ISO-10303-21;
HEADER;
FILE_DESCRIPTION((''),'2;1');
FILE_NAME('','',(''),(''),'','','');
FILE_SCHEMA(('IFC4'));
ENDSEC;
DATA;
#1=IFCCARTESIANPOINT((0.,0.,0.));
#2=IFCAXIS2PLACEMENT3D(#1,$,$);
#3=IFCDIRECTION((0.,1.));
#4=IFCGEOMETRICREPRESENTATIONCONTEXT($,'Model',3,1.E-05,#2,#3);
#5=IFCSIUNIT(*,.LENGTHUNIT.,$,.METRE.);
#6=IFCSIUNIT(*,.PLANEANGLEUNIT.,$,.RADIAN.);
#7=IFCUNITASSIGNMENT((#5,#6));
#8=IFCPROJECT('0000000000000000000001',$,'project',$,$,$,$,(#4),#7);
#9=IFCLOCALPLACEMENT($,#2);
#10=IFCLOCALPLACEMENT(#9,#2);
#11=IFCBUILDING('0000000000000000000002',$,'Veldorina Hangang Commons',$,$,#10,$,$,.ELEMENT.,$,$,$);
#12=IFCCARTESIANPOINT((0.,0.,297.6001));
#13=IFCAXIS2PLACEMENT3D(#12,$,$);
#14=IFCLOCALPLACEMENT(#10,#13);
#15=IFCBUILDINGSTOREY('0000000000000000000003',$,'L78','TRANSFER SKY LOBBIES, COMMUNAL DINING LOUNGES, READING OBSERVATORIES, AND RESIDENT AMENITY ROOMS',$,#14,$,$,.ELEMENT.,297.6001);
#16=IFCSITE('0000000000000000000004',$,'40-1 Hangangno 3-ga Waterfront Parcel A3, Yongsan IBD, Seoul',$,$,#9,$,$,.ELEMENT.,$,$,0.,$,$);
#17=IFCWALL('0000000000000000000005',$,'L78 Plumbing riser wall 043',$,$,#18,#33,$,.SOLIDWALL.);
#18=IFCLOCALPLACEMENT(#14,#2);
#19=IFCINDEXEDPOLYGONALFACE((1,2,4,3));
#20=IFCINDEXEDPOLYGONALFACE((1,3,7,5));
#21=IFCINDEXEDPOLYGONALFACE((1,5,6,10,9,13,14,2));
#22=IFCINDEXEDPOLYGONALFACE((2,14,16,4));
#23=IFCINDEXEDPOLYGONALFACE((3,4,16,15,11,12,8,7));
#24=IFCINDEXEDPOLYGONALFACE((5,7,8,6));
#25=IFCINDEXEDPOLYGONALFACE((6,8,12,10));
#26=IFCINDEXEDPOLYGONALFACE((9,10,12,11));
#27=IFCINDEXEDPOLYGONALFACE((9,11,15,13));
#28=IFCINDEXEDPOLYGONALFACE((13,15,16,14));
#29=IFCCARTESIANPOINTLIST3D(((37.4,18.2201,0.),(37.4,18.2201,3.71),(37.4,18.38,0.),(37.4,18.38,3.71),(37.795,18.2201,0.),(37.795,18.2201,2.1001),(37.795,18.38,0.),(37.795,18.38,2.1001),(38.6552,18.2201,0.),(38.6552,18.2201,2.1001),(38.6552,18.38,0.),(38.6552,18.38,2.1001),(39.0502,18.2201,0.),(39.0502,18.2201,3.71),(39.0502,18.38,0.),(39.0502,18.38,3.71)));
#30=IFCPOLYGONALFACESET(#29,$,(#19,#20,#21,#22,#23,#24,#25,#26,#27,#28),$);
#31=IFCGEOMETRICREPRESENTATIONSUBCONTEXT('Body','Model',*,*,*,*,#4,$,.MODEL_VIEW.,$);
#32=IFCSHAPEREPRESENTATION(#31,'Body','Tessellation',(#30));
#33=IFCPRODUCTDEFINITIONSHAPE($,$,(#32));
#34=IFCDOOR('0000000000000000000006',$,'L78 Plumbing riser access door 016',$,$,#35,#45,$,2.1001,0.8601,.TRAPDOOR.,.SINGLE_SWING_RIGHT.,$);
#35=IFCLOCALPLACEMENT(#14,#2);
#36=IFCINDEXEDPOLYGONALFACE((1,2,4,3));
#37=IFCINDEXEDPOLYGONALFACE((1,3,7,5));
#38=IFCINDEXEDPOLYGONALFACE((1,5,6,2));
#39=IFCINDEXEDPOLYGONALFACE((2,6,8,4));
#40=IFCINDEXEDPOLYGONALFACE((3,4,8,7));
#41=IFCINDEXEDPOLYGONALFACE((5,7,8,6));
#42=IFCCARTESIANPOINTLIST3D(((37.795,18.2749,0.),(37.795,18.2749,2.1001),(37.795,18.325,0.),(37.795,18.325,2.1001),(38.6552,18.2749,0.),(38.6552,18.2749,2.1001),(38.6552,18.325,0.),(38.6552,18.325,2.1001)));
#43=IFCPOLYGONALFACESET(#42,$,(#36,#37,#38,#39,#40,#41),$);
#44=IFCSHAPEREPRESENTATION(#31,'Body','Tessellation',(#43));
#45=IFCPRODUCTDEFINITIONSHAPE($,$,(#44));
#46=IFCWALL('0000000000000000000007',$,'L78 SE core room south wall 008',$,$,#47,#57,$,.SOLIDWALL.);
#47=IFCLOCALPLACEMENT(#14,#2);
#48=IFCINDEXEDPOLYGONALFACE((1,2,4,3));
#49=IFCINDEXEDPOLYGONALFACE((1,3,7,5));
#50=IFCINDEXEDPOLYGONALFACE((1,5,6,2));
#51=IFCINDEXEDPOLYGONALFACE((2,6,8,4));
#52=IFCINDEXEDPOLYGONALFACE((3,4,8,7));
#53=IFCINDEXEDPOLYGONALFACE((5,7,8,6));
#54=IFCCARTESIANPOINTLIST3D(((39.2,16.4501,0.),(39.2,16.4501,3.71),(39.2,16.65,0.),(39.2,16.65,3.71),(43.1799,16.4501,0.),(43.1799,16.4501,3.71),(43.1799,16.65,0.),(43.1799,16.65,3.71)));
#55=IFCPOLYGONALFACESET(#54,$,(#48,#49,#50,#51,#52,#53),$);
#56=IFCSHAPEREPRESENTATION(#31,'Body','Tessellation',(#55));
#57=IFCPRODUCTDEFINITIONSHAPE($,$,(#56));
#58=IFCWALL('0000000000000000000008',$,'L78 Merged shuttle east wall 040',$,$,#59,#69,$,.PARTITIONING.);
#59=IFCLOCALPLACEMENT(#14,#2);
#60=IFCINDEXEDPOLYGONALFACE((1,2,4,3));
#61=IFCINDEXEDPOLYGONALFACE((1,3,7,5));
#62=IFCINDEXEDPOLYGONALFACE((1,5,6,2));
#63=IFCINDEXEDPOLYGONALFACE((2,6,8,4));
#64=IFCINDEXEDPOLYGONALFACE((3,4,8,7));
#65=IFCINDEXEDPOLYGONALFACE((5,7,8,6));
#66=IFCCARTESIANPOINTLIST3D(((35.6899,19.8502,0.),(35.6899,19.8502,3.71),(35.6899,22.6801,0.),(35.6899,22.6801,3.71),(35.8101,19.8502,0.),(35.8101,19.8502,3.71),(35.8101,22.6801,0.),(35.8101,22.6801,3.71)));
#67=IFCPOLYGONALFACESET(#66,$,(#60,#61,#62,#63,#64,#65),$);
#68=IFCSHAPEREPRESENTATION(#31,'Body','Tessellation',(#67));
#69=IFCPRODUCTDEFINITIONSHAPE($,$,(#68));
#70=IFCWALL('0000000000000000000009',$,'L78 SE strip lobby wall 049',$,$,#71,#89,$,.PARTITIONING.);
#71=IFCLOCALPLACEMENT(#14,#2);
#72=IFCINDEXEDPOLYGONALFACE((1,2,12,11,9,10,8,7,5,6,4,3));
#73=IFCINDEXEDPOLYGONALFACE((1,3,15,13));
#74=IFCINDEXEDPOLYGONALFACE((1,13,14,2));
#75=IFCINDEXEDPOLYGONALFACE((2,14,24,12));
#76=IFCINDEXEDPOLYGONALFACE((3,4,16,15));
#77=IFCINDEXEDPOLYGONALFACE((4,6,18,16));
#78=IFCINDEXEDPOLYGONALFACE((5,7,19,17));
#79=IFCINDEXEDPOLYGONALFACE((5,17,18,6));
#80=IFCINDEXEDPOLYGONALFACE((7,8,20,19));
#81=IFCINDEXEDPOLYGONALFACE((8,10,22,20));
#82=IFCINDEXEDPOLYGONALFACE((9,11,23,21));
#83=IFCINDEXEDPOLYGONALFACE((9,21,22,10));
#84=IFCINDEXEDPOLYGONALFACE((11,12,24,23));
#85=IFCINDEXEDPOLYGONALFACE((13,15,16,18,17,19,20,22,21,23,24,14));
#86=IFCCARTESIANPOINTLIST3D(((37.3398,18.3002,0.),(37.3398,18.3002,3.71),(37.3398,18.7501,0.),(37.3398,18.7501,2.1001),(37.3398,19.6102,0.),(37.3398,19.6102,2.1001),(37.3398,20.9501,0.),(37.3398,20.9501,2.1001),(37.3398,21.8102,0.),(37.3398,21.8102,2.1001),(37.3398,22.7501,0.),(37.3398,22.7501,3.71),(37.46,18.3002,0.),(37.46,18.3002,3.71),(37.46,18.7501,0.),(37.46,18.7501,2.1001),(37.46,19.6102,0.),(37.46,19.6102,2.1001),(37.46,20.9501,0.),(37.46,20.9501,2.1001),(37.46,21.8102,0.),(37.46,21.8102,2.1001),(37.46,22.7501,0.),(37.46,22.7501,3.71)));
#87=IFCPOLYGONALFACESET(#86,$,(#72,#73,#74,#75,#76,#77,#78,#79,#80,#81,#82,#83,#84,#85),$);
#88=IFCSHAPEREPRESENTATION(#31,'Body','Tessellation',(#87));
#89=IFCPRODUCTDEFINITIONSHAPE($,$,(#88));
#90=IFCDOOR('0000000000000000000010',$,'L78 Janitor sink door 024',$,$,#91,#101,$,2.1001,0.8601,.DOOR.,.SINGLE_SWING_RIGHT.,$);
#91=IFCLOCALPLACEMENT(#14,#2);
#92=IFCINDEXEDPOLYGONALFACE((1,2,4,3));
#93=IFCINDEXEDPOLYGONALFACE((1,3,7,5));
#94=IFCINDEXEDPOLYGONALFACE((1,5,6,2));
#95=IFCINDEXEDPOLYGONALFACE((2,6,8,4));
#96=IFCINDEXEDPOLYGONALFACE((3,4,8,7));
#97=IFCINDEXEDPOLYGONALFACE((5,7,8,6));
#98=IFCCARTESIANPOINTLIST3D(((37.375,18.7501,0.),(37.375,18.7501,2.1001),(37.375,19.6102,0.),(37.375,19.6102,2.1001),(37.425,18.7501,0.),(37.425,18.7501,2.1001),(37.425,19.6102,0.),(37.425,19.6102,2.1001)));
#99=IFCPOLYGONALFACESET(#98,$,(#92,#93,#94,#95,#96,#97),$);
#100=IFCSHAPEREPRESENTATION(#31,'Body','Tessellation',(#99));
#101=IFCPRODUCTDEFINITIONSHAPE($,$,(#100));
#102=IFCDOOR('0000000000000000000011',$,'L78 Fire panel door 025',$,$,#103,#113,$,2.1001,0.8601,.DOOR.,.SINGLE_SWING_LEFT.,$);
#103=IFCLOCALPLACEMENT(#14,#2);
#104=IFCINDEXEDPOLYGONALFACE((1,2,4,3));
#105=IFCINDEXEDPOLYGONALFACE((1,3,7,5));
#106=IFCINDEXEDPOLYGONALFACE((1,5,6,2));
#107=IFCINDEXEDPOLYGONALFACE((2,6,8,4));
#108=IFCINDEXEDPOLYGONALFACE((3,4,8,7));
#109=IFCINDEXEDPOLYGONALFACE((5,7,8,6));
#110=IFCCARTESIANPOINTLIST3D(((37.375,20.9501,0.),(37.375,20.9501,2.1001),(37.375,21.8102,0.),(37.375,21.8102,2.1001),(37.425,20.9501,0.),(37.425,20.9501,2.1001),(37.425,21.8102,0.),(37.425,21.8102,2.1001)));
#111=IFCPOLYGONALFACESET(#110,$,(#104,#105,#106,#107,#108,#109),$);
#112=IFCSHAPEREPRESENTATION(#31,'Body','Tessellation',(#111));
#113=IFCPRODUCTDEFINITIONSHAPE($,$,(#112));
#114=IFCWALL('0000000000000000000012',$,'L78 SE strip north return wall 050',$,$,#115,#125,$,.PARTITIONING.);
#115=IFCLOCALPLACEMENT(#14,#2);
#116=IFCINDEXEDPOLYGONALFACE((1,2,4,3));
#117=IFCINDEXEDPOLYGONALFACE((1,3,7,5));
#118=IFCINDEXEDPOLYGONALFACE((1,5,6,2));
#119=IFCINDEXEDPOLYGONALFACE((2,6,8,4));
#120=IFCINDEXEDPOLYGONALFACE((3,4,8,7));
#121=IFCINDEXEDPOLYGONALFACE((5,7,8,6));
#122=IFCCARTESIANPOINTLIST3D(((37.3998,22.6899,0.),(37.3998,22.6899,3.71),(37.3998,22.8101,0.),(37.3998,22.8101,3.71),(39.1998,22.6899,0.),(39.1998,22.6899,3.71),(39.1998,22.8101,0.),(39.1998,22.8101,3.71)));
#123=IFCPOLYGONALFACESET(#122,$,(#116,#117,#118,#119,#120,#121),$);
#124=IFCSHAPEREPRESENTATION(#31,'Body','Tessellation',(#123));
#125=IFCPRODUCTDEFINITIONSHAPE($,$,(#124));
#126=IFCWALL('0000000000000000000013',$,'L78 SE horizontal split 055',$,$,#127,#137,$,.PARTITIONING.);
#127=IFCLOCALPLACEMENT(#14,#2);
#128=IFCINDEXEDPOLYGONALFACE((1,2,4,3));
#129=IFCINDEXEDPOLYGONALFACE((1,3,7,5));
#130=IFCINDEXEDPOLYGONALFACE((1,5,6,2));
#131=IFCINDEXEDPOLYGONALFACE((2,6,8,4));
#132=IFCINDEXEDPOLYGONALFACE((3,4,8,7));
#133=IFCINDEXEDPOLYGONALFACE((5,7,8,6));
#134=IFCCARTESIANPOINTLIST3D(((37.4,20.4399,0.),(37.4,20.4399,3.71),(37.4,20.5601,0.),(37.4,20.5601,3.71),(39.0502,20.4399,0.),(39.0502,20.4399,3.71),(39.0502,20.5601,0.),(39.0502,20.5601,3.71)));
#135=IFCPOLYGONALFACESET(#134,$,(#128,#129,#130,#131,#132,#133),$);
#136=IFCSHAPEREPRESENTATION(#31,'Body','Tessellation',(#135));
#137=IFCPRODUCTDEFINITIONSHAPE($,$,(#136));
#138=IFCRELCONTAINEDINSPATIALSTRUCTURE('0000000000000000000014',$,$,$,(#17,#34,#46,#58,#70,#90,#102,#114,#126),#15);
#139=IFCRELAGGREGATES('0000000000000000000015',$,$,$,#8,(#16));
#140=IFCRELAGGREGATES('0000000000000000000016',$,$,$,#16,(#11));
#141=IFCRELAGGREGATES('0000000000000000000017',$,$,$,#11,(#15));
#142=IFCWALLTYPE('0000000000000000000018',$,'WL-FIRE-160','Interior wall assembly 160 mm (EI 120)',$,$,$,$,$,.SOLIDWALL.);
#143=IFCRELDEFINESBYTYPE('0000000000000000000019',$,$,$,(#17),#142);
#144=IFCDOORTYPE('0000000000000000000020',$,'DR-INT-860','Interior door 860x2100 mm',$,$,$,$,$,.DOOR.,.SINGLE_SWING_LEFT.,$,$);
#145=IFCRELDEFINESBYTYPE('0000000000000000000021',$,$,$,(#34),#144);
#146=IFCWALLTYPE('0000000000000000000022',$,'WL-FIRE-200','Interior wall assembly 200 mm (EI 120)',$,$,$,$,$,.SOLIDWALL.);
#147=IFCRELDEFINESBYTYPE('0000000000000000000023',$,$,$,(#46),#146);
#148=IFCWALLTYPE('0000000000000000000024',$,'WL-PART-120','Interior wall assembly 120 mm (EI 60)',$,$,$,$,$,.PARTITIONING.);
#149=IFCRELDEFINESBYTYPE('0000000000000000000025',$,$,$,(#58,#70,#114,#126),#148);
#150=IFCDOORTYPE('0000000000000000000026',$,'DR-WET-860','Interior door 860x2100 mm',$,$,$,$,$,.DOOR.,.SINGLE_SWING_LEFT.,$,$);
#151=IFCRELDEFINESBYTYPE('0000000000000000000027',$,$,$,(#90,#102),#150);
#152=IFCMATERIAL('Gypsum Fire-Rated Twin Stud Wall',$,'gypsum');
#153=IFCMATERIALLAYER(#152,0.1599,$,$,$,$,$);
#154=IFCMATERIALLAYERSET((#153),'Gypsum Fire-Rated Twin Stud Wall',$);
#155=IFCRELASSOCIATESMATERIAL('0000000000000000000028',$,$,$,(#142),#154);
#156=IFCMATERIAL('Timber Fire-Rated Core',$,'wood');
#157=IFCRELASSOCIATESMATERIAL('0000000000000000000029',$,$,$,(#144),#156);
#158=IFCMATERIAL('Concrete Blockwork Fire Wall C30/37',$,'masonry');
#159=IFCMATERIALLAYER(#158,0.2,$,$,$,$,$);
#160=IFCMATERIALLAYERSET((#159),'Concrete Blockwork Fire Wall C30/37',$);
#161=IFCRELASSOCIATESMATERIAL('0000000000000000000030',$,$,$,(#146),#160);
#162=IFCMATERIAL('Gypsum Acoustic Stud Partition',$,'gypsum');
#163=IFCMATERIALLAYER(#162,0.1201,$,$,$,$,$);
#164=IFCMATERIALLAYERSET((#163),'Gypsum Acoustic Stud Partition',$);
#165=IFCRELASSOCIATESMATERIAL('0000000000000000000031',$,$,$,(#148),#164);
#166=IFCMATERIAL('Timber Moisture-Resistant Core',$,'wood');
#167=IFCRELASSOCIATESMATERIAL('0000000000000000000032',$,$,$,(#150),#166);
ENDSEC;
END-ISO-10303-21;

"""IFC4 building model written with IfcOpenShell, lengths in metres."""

from ifc_helpers import new_model, si_unit, direction, frame, frame_2d, origin, place, context, subcontext, project, spatial, rectangle, extrude, material, layer, layer_set, type_object, element, fill, save


model = new_model("IFC4")

# Units and contexts
model_context = context("Model", 3, precision=1e-05, world=origin(), true_north=direction((0.0, 1.0)))
body_context = subcontext(model_context, "Body", "Model", "MODEL_VIEW")
ifc_project = project(units=[si_unit("LENGTHUNIT", "METRE"), si_unit("PLANEANGLEUNIT", "RADIAN")], contexts=[model_context])

# Site, building, storey
site_placement = place(None, origin())
site = spatial("IfcSite", under=ifc_project, at=site_placement, Name="40-1 Hangangno 3-ga Waterfront Parcel A3, Yongsan IBD, Seoul", CompositionType="ELEMENT", RefElevation=0.0)
building_placement = place(site_placement, origin())
building = spatial("IfcBuilding", under=site, at=building_placement, Name="Veldorina Hangang Commons", CompositionType="ELEMENT")
storey_placement = place(building_placement, frame((0.0, 0.0, 297.6001)))
storey = spatial("IfcBuildingStorey", under=building, at=storey_placement, Name="L78", Description="TRANSFER SKY LOBBIES, COMMUNAL DINING LOUNGES, READING OBSERVATORIES, AND RESIDENT AMENITY ROOMS", CompositionType="ELEMENT", Elevation=297.6001)

# Shared definitions
ifc_material_1 = material(Name="Gypsum Fire-Rated Twin Stud Wall", Category="gypsum")
ifc_layer_1 = layer(ifc_material_1, 0.1599)
ifc_layer_set_1 = layer_set([ifc_layer_1], Name="Gypsum Fire-Rated Twin Stud Wall")
wall_type_1 = type_object("IfcWallType", Name="WL-FIRE-160", Description="Interior wall assembly 160 mm (EI 120)", PredefinedType="SOLIDWALL", material=ifc_layer_set_1)

# Wall, opening, door
wall_1_placement = place(storey_placement, frame((37.3999, 18.3, 0.0), z_axis=(0.0, 0.0, 1.0), x_axis=(1.0, 0.0, 0.0)))
wall_1 = element("IfcWall", 1, at=wall_1_placement, inside=storey, type_object=wall_type_1, Name="L78 Plumbing riser wall 043", PredefinedType="SOLIDWALL", context=body_context, shape_type="SweptSolid", body=[
    extrude(rectangle(XDim=1.6501, YDim=0.1599, at=frame_2d((0.8252, 0.0))), origin(), (0.0, 0.0, 1.0), 3.71),
])
opening_1_placement = place(wall_1_placement, frame((0.395, 0.0, 0.0)))
opening_1 = element("IfcOpeningElement", 2, at=opening_1_placement, cuts=wall_1, PredefinedType="OPENING", context=body_context, shape_type="SweptSolid", body=[
    extrude(rectangle(XDim=0.8601, YDim=2.1001, at=frame_2d((0.4302, 1.05))), frame((0.0, 0.0898, 0.0), z_axis=(0.0, -1.0, 0.0), x_axis=(1.0, 0.0, 0.0)), (0.0, 0.0, 1.0), 0.1799),
])
ifc_material_2 = material(Name="Timber Fire-Rated Core", Category="wood")
door_type_1 = type_object("IfcDoorType", Name="DR-INT-860", Description="Interior door 860x2100 mm", OperationType="SINGLE_SWING_LEFT", PredefinedType="DOOR", material=ifc_material_2)
door_1_placement = place(opening_1_placement, origin())
door_1 = element("IfcDoor", 3, at=door_1_placement, inside=storey, type_object=door_type_1, Name="L78 Plumbing riser access door 016", OperationType="SINGLE_SWING_RIGHT", OverallHeight=2.1001, OverallWidth=0.8601, PredefinedType="TRAPDOOR", context=body_context, shape_type="SweptSolid", body=[
    extrude(rectangle(XDim=0.8601, YDim=2.1001, at=frame_2d((0.4302, 1.05))), frame((0.0, 0.0249, 0.0), z_axis=(0.0, -1.0, 0.0), x_axis=(1.0, 0.0, 0.0)), (0.0, 0.0, 1.0), 0.05),
])
fill(opening_1, door_1)

# Walls
ifc_material_3 = material(Name="Concrete Blockwork Fire Wall C30/37", Category="masonry")
ifc_layer_2 = layer(ifc_material_3, 0.2)
ifc_layer_set_2 = layer_set([ifc_layer_2], Name="Concrete Blockwork Fire Wall C30/37")
wall_type_2 = type_object("IfcWallType", Name="WL-FIRE-200", Description="Interior wall assembly 200 mm (EI 120)", PredefinedType="SOLIDWALL", material=ifc_layer_set_2)
wall_2_placement = place(storey_placement, frame((39.2, 16.55, 0.0), z_axis=(0.0, 0.0, 1.0), x_axis=(1.0, 0.0, 0.0)))
element("IfcWall", 4, at=wall_2_placement, inside=storey, type_object=wall_type_2, Name="L78 SE core room south wall 008", PredefinedType="SOLIDWALL", context=body_context, shape_type="SweptSolid", body=[
    extrude(rectangle(XDim=3.98, YDim=0.2, at=frame_2d((1.99, 0.0))), origin(), (0.0, 0.0, 1.0), 3.71),
])
ifc_material_4 = material(Name="Gypsum Acoustic Stud Partition", Category="gypsum")
ifc_layer_3 = layer(ifc_material_4, 0.1201)
ifc_layer_set_3 = layer_set([ifc_layer_3], Name="Gypsum Acoustic Stud Partition")
wall_type_3 = type_object("IfcWallType", Name="WL-PART-120", Description="Interior wall assembly 120 mm (EI 60)", PredefinedType="PARTITIONING", material=ifc_layer_set_3)
wall_3_placement = place(storey_placement, frame((35.75, 19.8501, 0.0), z_axis=(0.0, 0.0, 1.0), x_axis=(0.0, 1.0, 0.0)))
element("IfcWall", 5, at=wall_3_placement, inside=storey, type_object=wall_type_3, Name="L78 Merged shuttle east wall 040", PredefinedType="PARTITIONING", context=body_context, shape_type="SweptSolid", body=[
    extrude(rectangle(XDim=2.8298, YDim=0.1201, at=frame_2d((1.415, 0.0))), origin(), (0.0, 0.0, 1.0), 3.71),
])

# Wall, openings, doors
wall_4_placement = place(storey_placement, frame((37.3999, 18.3, 0.0), z_axis=(0.0, 0.0, 1.0), x_axis=(0.0, 1.0, 0.0)))
wall_4 = element("IfcWall", 6, at=wall_4_placement, inside=storey, type_object=wall_type_3, Name="L78 SE strip lobby wall 049", PredefinedType="PARTITIONING", context=body_context, shape_type="SweptSolid", body=[
    extrude(rectangle(XDim=4.45, YDim=0.1201, at=frame_2d((2.2251, 0.0))), origin(), (0.0, 0.0, 1.0), 3.71),
])
opening_2_placement = place(wall_4_placement, frame((0.45, 0.0, 0.0)))
opening_2 = element("IfcOpeningElement", 7, at=opening_2_placement, cuts=wall_4, PredefinedType="OPENING", context=body_context, shape_type="SweptSolid", body=[
    extrude(rectangle(XDim=0.8601, YDim=2.1001, at=frame_2d((0.4302, 1.05))), frame((0.0, 0.0701, 0.0), z_axis=(0.0, -1.0, 0.0), x_axis=(1.0, 0.0, 0.0)), (0.0, 0.0, 1.0), 0.1401),
])
opening_3_placement = place(wall_4_placement, frame((2.6499, 0.0, 0.0)))
opening_3 = element("IfcOpeningElement", 8, at=opening_3_placement, cuts=wall_4, PredefinedType="OPENING", context=body_context, shape_type="SweptSolid", body=[
    extrude(rectangle(XDim=0.8601, YDim=2.1001, at=frame_2d((0.4302, 1.05))), frame((0.0, 0.0701, 0.0), z_axis=(0.0, -1.0, 0.0), x_axis=(1.0, 0.0, 0.0)), (0.0, 0.0, 1.0), 0.1401),
])
ifc_material_5 = material(Name="Timber Moisture-Resistant Core", Category="wood")
door_type_2 = type_object("IfcDoorType", Name="DR-WET-860", Description="Interior door 860x2100 mm", OperationType="SINGLE_SWING_LEFT", PredefinedType="DOOR", material=ifc_material_5)
door_2_placement = place(opening_2_placement, origin())
door_2 = element("IfcDoor", 9, at=door_2_placement, inside=storey, type_object=door_type_2, Name="L78 Janitor sink door 024", OperationType="SINGLE_SWING_RIGHT", OverallHeight=2.1001, OverallWidth=0.8601, PredefinedType="DOOR", context=body_context, shape_type="SweptSolid", body=[
    extrude(rectangle(XDim=0.8601, YDim=2.1001, at=frame_2d((0.4302, 1.05))), frame((0.0, 0.0249, 0.0), z_axis=(0.0, -1.0, 0.0), x_axis=(1.0, 0.0, 0.0)), (0.0, 0.0, 1.0), 0.05),
])
fill(opening_2, door_2)
door_3_placement = place(opening_3_placement, origin())
door_3 = element("IfcDoor", 10, at=door_3_placement, inside=storey, type_object=door_type_2, Name="L78 Fire panel door 025", OperationType="SINGLE_SWING_LEFT", OverallHeight=2.1001, OverallWidth=0.8601, PredefinedType="DOOR", context=body_context, shape_type="SweptSolid", body=[
    extrude(rectangle(XDim=0.8601, YDim=2.1001, at=frame_2d((0.4302, 1.05))), frame((0.0, 0.0249, 0.0), z_axis=(0.0, -1.0, 0.0), x_axis=(1.0, 0.0, 0.0)), (0.0, 0.0, 1.0), 0.05),
])
fill(opening_3, door_3)

# Walls
wall_5_placement = place(storey_placement, frame((37.3999, 22.75, 0.0), z_axis=(0.0, 0.0, 1.0), x_axis=(1.0, 0.0, 0.0)))
element("IfcWall", 11, at=wall_5_placement, inside=storey, type_object=wall_type_3, Name="L78 SE strip north return wall 050", PredefinedType="PARTITIONING", context=body_context, shape_type="SweptSolid", body=[
    extrude(rectangle(XDim=1.8, YDim=0.1201, at=frame_2d((0.8999, 0.0))), origin(), (0.0, 0.0, 1.0), 3.71),
])
wall_6_placement = place(storey_placement, frame((37.3999, 20.5, 0.0), z_axis=(0.0, 0.0, 1.0), x_axis=(1.0, 0.0, 0.0)))
element("IfcWall", 12, at=wall_6_placement, inside=storey, type_object=wall_type_3, Name="L78 SE horizontal split 055", PredefinedType="PARTITIONING", context=body_context, shape_type="SweptSolid", body=[
    extrude(rectangle(XDim=1.6501, YDim=0.1201, at=frame_2d((0.8252, 0.0))), origin(), (0.0, 0.0, 1.0), 3.71),
])

save(model, "model.ifc")
